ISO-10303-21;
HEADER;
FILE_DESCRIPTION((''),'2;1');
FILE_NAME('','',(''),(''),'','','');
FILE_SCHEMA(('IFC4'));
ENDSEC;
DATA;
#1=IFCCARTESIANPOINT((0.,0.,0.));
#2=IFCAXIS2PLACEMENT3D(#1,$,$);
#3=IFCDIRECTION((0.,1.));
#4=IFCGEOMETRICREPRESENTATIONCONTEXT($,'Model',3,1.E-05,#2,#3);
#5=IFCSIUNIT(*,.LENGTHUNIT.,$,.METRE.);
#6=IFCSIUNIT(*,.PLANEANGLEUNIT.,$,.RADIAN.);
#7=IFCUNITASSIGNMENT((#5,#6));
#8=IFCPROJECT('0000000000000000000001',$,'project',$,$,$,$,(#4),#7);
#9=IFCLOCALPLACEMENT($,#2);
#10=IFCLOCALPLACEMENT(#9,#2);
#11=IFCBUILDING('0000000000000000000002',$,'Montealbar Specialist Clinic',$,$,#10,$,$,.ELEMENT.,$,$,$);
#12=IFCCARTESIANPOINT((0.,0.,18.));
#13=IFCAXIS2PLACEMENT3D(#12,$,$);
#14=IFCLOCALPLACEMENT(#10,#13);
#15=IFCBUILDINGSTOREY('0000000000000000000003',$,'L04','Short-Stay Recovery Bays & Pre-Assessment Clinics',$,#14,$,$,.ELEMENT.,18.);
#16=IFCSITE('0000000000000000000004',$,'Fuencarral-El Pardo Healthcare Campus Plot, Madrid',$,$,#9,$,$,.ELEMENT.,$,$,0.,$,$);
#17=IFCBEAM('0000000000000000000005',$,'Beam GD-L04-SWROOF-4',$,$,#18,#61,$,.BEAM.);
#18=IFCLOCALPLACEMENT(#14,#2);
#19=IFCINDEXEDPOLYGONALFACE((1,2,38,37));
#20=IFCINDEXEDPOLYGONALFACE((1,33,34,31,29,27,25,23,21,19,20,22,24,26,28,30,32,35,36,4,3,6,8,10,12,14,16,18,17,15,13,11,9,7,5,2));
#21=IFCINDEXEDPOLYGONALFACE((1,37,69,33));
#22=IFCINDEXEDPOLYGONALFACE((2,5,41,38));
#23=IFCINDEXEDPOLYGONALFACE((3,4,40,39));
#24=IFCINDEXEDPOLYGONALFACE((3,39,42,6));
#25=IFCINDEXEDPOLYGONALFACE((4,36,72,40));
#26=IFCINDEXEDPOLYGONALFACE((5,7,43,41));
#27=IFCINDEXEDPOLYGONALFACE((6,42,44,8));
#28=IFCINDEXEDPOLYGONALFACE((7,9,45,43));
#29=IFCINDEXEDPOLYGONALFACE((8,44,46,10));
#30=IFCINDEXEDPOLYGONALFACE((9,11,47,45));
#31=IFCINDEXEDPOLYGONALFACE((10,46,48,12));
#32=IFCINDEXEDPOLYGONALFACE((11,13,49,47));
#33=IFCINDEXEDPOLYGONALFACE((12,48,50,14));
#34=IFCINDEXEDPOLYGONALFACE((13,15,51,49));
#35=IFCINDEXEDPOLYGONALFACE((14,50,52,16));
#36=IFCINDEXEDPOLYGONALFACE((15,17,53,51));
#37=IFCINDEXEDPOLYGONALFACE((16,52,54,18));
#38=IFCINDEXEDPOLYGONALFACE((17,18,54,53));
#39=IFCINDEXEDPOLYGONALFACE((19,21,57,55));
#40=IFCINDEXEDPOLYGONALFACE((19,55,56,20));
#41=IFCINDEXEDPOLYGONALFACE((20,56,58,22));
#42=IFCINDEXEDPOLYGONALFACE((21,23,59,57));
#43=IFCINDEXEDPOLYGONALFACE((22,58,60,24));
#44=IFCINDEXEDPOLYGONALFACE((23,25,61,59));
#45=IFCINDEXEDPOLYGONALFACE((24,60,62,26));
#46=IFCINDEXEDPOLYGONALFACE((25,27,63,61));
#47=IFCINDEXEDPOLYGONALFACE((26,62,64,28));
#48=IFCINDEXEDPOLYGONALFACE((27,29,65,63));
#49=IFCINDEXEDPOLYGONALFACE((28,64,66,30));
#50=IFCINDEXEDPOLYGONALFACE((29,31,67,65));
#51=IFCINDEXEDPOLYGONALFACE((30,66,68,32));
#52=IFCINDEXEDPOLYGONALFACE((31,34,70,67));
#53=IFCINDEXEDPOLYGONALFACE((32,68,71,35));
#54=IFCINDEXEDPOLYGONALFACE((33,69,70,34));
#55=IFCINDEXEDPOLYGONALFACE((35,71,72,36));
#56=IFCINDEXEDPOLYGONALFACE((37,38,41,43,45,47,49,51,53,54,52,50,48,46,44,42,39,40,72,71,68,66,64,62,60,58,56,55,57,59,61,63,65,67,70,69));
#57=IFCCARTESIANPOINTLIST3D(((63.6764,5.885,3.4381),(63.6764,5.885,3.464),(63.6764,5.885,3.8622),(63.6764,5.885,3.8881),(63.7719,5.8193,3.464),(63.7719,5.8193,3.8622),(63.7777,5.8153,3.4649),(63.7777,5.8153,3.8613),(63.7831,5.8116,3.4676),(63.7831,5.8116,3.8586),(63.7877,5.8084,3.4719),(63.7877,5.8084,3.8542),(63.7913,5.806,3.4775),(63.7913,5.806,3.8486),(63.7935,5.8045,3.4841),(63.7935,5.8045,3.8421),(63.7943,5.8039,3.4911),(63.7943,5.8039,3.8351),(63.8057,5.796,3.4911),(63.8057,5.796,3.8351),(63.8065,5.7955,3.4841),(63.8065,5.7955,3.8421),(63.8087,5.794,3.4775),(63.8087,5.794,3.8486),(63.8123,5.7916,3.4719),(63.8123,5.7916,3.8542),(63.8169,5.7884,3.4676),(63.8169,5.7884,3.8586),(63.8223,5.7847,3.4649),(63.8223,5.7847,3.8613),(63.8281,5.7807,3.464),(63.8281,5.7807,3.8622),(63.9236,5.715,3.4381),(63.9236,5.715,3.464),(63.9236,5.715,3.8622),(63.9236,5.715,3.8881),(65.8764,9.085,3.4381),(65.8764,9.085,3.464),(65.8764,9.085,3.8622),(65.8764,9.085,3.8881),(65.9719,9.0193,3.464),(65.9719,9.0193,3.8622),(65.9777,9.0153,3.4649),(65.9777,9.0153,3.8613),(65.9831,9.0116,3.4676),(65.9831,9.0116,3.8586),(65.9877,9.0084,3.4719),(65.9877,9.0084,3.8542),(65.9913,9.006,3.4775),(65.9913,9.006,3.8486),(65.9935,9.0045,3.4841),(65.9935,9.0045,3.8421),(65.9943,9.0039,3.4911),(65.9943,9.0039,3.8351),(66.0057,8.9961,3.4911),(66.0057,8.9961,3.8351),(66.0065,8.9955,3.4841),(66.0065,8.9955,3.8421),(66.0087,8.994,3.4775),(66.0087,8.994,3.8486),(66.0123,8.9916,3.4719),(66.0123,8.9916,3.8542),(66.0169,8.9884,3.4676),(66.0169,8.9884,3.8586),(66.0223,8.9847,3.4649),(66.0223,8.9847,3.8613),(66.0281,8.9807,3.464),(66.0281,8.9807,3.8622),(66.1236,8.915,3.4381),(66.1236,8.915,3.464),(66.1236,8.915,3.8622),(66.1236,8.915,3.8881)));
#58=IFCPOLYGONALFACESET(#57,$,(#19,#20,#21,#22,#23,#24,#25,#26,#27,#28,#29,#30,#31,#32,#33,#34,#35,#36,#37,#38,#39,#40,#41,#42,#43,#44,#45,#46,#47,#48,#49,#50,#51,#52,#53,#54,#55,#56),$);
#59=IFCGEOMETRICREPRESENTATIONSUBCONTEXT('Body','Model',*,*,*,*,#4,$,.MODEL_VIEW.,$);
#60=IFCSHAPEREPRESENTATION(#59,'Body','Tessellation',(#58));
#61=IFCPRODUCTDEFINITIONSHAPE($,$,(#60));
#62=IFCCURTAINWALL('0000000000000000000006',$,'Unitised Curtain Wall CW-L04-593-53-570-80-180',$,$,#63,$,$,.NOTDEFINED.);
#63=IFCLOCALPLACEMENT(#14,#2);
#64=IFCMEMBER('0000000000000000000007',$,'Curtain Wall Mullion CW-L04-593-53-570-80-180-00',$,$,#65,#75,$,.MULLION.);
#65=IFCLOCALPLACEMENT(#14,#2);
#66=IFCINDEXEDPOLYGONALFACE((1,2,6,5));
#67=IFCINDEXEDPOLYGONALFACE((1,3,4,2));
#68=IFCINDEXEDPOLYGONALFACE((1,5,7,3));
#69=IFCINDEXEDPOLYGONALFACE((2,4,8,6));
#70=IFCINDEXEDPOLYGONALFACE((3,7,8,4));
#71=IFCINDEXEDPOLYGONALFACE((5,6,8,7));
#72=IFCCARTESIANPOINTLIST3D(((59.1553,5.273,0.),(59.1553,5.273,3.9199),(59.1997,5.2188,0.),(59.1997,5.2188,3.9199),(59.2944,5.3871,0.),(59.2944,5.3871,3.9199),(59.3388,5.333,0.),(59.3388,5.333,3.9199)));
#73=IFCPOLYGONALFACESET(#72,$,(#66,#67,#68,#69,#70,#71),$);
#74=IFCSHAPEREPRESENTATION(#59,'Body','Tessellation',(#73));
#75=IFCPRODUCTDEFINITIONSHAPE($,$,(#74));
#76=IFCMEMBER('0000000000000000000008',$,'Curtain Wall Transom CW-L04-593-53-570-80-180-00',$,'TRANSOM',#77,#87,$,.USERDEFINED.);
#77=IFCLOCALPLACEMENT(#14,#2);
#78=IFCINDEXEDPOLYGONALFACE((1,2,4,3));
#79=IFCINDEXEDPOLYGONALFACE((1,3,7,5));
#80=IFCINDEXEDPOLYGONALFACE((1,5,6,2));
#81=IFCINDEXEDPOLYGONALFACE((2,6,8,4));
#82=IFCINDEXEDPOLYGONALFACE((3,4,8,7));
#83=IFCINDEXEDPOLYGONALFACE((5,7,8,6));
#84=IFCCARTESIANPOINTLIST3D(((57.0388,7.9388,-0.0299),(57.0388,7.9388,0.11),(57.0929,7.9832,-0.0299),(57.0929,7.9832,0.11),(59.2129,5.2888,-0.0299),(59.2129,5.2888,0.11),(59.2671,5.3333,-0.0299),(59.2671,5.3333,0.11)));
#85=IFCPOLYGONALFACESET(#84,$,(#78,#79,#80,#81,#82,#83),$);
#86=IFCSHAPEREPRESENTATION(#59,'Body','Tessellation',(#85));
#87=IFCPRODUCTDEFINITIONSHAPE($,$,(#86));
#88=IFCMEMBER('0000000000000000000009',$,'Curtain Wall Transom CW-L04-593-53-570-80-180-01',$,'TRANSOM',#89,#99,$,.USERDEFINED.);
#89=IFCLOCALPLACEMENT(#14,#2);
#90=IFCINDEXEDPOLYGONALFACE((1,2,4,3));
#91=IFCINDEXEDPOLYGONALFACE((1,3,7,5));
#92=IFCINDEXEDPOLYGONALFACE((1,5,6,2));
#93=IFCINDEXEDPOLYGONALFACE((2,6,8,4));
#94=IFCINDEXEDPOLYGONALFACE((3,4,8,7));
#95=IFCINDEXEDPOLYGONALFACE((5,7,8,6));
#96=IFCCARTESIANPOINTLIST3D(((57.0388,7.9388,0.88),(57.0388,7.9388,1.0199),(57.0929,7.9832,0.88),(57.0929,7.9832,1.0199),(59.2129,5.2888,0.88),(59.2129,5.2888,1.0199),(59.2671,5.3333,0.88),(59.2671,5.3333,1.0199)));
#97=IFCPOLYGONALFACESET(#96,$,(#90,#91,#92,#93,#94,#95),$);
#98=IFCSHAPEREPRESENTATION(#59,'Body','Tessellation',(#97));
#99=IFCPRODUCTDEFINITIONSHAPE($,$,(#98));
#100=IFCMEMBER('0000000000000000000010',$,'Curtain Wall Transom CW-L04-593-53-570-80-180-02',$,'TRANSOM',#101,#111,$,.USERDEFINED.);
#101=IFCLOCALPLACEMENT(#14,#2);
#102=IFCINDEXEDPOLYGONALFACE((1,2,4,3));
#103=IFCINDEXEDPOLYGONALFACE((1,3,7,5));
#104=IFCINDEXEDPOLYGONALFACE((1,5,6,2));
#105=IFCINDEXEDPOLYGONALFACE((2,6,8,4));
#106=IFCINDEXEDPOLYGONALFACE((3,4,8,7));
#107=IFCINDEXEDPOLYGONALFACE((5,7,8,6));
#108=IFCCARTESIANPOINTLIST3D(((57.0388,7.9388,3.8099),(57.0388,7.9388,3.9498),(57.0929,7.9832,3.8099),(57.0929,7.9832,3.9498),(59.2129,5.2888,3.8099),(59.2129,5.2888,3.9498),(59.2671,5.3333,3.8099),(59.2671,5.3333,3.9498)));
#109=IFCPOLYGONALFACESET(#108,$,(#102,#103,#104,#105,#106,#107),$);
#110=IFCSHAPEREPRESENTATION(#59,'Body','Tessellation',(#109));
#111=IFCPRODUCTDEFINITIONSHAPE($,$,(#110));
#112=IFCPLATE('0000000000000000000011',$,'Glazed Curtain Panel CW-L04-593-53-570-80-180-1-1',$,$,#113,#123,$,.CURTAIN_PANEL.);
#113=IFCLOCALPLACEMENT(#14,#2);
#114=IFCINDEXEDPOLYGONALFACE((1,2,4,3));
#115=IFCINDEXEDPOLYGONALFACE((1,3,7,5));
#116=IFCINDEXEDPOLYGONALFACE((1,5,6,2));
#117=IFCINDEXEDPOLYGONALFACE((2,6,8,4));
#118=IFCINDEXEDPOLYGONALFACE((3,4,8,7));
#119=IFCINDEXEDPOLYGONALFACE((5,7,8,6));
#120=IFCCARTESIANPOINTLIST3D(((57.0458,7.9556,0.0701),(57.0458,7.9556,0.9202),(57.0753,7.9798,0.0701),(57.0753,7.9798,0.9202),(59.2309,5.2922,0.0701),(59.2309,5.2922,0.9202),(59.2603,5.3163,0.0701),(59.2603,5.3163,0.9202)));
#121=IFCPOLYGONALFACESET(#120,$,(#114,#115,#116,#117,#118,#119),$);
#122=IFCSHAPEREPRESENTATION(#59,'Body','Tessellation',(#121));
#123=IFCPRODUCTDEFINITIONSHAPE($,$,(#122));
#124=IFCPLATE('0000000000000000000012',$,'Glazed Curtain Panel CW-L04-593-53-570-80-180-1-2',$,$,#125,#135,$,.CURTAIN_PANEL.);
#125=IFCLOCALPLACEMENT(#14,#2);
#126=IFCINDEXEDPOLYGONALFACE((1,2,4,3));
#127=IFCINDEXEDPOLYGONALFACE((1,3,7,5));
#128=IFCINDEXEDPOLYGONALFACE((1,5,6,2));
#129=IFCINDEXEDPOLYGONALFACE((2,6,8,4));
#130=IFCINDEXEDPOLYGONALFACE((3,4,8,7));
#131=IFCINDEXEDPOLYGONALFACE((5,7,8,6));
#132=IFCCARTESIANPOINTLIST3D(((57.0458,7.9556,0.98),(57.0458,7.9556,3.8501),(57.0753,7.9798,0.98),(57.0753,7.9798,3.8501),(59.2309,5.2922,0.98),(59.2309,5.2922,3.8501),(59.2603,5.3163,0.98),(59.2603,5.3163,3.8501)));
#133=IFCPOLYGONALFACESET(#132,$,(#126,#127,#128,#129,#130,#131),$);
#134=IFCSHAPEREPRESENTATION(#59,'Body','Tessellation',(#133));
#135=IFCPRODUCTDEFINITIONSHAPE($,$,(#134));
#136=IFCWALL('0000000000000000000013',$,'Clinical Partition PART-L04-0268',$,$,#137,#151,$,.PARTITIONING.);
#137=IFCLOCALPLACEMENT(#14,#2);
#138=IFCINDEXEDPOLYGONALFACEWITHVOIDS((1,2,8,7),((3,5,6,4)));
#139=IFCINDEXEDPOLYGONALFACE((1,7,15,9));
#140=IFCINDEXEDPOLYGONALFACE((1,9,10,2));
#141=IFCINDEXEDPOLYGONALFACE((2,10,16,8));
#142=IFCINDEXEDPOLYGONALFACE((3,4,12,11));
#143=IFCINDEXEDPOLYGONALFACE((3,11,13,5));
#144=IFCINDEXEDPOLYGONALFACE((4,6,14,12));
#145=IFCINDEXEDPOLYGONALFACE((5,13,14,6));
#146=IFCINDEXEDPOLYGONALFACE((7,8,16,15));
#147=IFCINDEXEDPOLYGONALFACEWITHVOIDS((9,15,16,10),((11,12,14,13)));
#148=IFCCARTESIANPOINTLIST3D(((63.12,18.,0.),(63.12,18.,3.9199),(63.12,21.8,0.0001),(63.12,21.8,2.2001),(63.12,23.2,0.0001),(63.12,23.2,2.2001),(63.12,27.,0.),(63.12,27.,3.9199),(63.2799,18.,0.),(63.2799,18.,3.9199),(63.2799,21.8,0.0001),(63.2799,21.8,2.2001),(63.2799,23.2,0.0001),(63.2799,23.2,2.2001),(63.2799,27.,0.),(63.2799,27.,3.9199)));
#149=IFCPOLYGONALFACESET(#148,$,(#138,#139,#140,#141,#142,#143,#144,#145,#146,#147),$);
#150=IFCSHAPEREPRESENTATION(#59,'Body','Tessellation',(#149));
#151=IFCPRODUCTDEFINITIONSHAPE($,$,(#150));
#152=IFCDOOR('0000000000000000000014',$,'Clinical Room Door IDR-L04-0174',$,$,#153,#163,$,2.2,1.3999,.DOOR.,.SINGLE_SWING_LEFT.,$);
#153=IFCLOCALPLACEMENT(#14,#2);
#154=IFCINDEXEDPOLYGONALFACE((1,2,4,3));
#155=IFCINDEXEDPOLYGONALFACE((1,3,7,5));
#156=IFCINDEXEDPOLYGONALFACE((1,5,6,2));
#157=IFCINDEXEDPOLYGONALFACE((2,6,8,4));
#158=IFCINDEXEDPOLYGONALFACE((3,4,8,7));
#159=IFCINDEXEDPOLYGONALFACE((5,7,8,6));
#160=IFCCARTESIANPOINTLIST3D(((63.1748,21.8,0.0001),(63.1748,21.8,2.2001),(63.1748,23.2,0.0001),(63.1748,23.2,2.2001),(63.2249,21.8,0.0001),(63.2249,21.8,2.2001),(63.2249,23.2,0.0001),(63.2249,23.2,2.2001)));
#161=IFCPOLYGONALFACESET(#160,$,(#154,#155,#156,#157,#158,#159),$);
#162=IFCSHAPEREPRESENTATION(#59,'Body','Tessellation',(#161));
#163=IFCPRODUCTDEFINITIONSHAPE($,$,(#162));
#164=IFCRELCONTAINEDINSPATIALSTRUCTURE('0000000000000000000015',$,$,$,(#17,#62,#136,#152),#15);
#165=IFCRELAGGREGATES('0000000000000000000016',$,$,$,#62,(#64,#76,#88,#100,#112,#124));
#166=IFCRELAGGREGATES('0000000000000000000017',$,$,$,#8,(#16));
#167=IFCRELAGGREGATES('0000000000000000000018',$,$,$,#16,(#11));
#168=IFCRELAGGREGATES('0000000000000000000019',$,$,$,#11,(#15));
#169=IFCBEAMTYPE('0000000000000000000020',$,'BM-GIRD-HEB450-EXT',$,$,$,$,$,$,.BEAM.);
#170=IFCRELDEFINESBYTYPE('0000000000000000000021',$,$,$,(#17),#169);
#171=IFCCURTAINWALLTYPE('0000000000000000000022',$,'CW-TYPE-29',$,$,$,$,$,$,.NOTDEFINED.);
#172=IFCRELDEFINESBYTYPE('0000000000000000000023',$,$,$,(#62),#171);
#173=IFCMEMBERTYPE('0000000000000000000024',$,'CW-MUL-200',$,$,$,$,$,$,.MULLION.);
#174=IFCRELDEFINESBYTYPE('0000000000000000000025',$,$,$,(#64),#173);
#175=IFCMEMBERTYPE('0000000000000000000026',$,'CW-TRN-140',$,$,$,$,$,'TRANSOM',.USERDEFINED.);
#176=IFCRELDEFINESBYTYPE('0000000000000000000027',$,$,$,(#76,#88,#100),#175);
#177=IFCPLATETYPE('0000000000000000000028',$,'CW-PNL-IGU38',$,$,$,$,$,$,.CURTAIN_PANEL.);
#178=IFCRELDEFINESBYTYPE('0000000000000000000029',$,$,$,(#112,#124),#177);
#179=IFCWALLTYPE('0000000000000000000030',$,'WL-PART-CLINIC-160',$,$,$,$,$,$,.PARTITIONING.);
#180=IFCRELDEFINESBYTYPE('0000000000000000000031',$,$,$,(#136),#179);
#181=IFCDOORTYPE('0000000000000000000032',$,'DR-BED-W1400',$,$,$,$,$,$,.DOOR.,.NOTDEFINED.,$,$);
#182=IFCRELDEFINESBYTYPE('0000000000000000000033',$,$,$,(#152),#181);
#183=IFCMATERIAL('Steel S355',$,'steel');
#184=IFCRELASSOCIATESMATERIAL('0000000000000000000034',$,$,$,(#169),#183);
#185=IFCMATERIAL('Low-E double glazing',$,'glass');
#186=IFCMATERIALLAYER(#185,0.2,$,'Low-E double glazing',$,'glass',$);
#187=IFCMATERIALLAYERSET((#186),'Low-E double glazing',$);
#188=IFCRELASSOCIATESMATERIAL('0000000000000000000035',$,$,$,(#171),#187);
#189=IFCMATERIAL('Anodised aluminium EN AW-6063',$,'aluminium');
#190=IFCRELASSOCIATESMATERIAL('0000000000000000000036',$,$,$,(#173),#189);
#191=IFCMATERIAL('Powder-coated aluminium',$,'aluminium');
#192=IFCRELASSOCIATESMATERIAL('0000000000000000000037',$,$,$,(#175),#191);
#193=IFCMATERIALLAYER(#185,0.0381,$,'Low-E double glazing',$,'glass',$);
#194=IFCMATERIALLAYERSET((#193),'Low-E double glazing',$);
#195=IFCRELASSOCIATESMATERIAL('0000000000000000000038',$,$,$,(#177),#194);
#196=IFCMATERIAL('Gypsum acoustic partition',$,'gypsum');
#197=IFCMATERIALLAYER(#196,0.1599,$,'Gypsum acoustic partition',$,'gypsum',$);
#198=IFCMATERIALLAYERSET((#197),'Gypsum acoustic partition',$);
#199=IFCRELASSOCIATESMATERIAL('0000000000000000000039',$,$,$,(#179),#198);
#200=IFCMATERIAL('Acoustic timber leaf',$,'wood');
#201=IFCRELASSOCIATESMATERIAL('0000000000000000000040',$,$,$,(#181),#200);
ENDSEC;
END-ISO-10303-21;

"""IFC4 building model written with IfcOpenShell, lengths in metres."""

from ifc_helpers import new_model, si_unit, direction, frame, frame_2d, origin, origin_2d, place, context, subcontext, project, spatial, rectangle, i_section, extrude, material, layer, layer_set, material_profile, profile_set, type_object, element, fill, aggregate, save


model = new_model("IFC4")

# Units and contexts
model_context = context("Model", 3, precision=1e-05, world=origin(), true_north=direction((0.0, 1.0)))
body_context = subcontext(model_context, "Body", "Model", "MODEL_VIEW")
ifc_project = project(units=[si_unit("LENGTHUNIT", "METRE"), si_unit("PLANEANGLEUNIT", "RADIAN")], contexts=[model_context])

# Site, building, storey
site_placement = place(None, origin())
site = spatial("IfcSite", under=ifc_project, at=site_placement, Name="Fuencarral-El Pardo Healthcare Campus Plot, Madrid", CompositionType="ELEMENT", RefElevation=0.0)
building_placement = place(site_placement, origin())
building = spatial("IfcBuilding", under=site, at=building_placement, Name="Montealbar Specialist Clinic", CompositionType="ELEMENT")
storey_placement = place(building_placement, frame((0.0, 0.0, 18.0)))
storey = spatial("IfcBuildingStorey", under=building, at=storey_placement, Name="L04", Description="Short-Stay Recovery Bays & Pre-Assessment Clinics", CompositionType="ELEMENT", Elevation=18.0)

# Shared definitions
ifc_material_1 = material(Name="Steel S355", Category="steel")

# Beam
ifc_material_profile_1 = material_profile(ifc_material_1, i_section(OverallWidth=0.3, OverallDepth=0.45, WebThickness=0.0139, FlangeThickness=0.0259, FilletRadius=0.0271, at=origin_2d()), Name="HEB 450", Category="steel")
ifc_profile_set_1 = profile_set([ifc_material_profile_1], Name="Steel S355")
beam_type_1 = type_object("IfcBeamType", Name="BM-GIRD-HEB450-EXT", PredefinedType="BEAM", material=ifc_profile_set_1)
beam_1_placement = place(storey_placement, frame((66.0, 9.0, 3.6631), z_axis=(-0.566526, -0.824044, 0.0), x_axis=(0.824044, -0.566526, 0.0)))
element("IfcBeam", 1, at=beam_1_placement, inside=storey, type_object=beam_type_1, Name="Beam GD-L04-SWROOF-4", PredefinedType="BEAM", context=body_context, shape_type="SweptSolid", body=[
    extrude(i_section(OverallWidth=0.3, OverallDepth=0.45, WebThickness=0.0139, FlangeThickness=0.0259, FilletRadius=0.0271, at=origin_2d()), origin(), (0.0, 0.0, 1.0), 3.8833),
])

# Curtain wall, members, plates
ifc_material_2 = material(Name="Low-E double glazing", Category="glass")
ifc_layer_1 = layer(ifc_material_2, 0.2, Name="Low-E double glazing", Category="glass")
ifc_layer_set_1 = layer_set([ifc_layer_1], Name="Low-E double glazing")
curtain_wall_type = type_object("IfcCurtainWallType", Name="CW-TYPE-29", PredefinedType="NOTDEFINED", material=ifc_layer_set_1)
curtain_wall_placement = place(storey_placement, origin())
curtain_wall = element("IfcCurtainWall", 2, at=curtain_wall_placement, inside=storey, type_object=curtain_wall_type, Name="Unitised Curtain Wall CW-L04-593-53-570-80-180", PredefinedType="NOTDEFINED")
ifc_material_3 = material(Name="Anodised aluminium EN AW-6063", Category="aluminium")
ifc_material_profile_2 = material_profile(ifc_material_3, rectangle(XDim=0.0701, YDim=0.1799, at=origin_2d()), Name="ALU 70x180", Category="aluminium")
ifc_profile_set_2 = profile_set([ifc_material_profile_2], Name="Anodised aluminium EN AW-6063")
member_type_1 = type_object("IfcMemberType", Name="CW-MUL-200", PredefinedType="MULLION", material=ifc_profile_set_2)
member_1_placement = place(storey_placement, frame((59.2471, 5.303, 0.0), z_axis=(0.0, 0.0, 1.0), x_axis=(-0.634256, 0.773123, 0.0)))
member_1 = element("IfcMember", 3, at=member_1_placement, type_object=member_type_1, Name="Curtain Wall Mullion CW-L04-593-53-570-80-180-00", PredefinedType="MULLION", context=body_context, shape_type="SweptSolid", body=[
    extrude(rectangle(XDim=0.0701, YDim=0.1799, at=origin_2d()), origin(), (0.0, 0.0, 1.0), 3.9199),
])
ifc_material_4 = material(Name="Powder-coated aluminium", Category="aluminium")
ifc_material_profile_3 = material_profile(ifc_material_4, rectangle(XDim=0.0701, YDim=0.1399, at=origin_2d()), Name="ALU 70x140", Category="aluminium")
ifc_profile_set_3 = profile_set([ifc_material_profile_3], Name="Powder-coated aluminium")
member_type_2 = type_object("IfcMemberType", Name="CW-TRN-140", ElementType="TRANSOM", PredefinedType="USERDEFINED", material=ifc_profile_set_3)
member_2_placement = place(storey_placement, frame((59.24, 5.311, 0.04), z_axis=(-0.634281, 0.773103, 0.0), x_axis=(-0.773103, -0.634281, 0.0)))
member_2 = element("IfcMember", 4, at=member_2_placement, type_object=member_type_2, Name="Curtain Wall Transom CW-L04-593-53-570-80-180-00", ObjectType="TRANSOM", PredefinedType="USERDEFINED", context=body_context, shape_type="SweptSolid", body=[
    extrude(rectangle(XDim=0.0701, YDim=0.1399, at=origin_2d()), origin(), (0.0, 0.0, 1.0), 3.4277),
])
member_3_placement = place(storey_placement, frame((59.24, 5.311, 0.95), z_axis=(-0.634281, 0.773103, 0.0), x_axis=(-0.773103, -0.634281, 0.0)))
member_3 = element("IfcMember", 5, at=member_3_placement, type_object=member_type_2, Name="Curtain Wall Transom CW-L04-593-53-570-80-180-01", ObjectType="TRANSOM", PredefinedType="USERDEFINED", context=body_context, shape_type="SweptSolid", body=[
    extrude(rectangle(XDim=0.0701, YDim=0.1399, at=origin_2d()), origin(), (0.0, 0.0, 1.0), 3.4277),
])
member_4_placement = place(storey_placement, frame((59.24, 5.311, 3.8799), z_axis=(-0.634281, 0.773103, 0.0), x_axis=(-0.773103, -0.634281, 0.0)))
member_4 = element("IfcMember", 6, at=member_4_placement, type_object=member_type_2, Name="Curtain Wall Transom CW-L04-593-53-570-80-180-02", ObjectType="TRANSOM", PredefinedType="USERDEFINED", context=body_context, shape_type="SweptSolid", body=[
    extrude(rectangle(XDim=0.0701, YDim=0.1399, at=origin_2d()), origin(), (0.0, 0.0, 1.0), 3.4277),
])
ifc_layer_2 = layer(ifc_material_2, 0.0381, Name="Low-E double glazing", Category="glass")
ifc_layer_set_2 = layer_set([ifc_layer_2], Name="Low-E double glazing")
plate_type = type_object("IfcPlateType", Name="CW-PNL-IGU38", PredefinedType="CURTAIN_PANEL", material=ifc_layer_set_2)
plate_1_placement = place(storey_placement, frame((58.1531, 6.636, 0.0701), z_axis=(0.0, 0.0, 1.0), x_axis=(-0.634256, 0.773123, 0.0)))
plate_1 = element("IfcPlate", 7, at=plate_1_placement, type_object=plate_type, Name="Glazed Curtain Panel CW-L04-593-53-570-80-180-1-1", PredefinedType="CURTAIN_PANEL", context=body_context, shape_type="SweptSolid", body=[
    extrude(rectangle(XDim=3.4451, YDim=0.0381, at=origin_2d()), origin(), (0.0, 0.0, 1.0), 0.8501),
])
plate_2_placement = place(storey_placement, frame((58.1531, 6.636, 0.98), z_axis=(0.0, 0.0, 1.0), x_axis=(-0.634256, 0.773123, 0.0)))
plate_2 = element("IfcPlate", 8, at=plate_2_placement, type_object=plate_type, Name="Glazed Curtain Panel CW-L04-593-53-570-80-180-1-2", PredefinedType="CURTAIN_PANEL", context=body_context, shape_type="SweptSolid", body=[
    extrude(rectangle(XDim=3.4451, YDim=0.0381, at=origin_2d()), origin(), (0.0, 0.0, 1.0), 2.8701),
])
aggregate(curtain_wall, [member_1, member_2, member_3, member_4, plate_1, plate_2])

# Wall, opening, door
ifc_material_5 = material(Name="Gypsum acoustic partition", Category="gypsum")
ifc_layer_3 = layer(ifc_material_5, 0.1599, Name="Gypsum acoustic partition", Category="gypsum")
ifc_layer_set_3 = layer_set([ifc_layer_3], Name="Gypsum acoustic partition")
wall_type_1 = type_object("IfcWallType", Name="WL-PART-CLINIC-160", PredefinedType="PARTITIONING", material=ifc_layer_set_3)
wall_1_placement = place(storey_placement, frame((63.2, 18.0, 0.0), z_axis=(0.0, 0.0, 1.0), x_axis=(0.0, 1.0, 0.0)))
wall_1 = element("IfcWall", 9, at=wall_1_placement, inside=storey, type_object=wall_type_1, Name="Clinical Partition PART-L04-0268", PredefinedType="PARTITIONING", context=body_context, shape_type="SweptSolid", body=[
    extrude(rectangle(XDim=9.0, YDim=0.1599, at=frame_2d((4.5, 0.0))), origin(), (0.0, 0.0, 1.0), 3.9199),
])
opening_1_placement = place(wall_1_placement, frame((3.8, 0.0, 0.0)))
opening_1 = element("IfcOpeningElement", 10, at=opening_1_placement, cuts=wall_1, PredefinedType="OPENING", context=body_context, shape_type="SweptSolid", body=[
    extrude(rectangle(XDim=1.3999, YDim=2.2, at=frame_2d((0.7, 1.1001))), frame((0.0, 0.0898, 0.0), z_axis=(0.0, -1.0, 0.0), x_axis=(1.0, 0.0, 0.0)), (0.0, 0.0, 1.0), 0.1799),
])
ifc_material_6 = material(Name="Acoustic timber leaf", Category="wood")
door_type_1 = type_object("IfcDoorType", Name="DR-BED-W1400", OperationType="NOTDEFINED", PredefinedType="DOOR", material=ifc_material_6)
door_1_placement = place(opening_1_placement, frame((1.3999, 0.0, 0.0), z_axis=(0.0, 0.0, 1.0), x_axis=(-1.0, 0.0, 0.0)))
door_1 = element("IfcDoor", 11, at=door_1_placement, inside=storey, type_object=door_type_1, Name="Clinical Room Door IDR-L04-0174", OperationType="SINGLE_SWING_LEFT", OverallHeight=2.2, OverallWidth=1.3999, PredefinedType="DOOR", context=body_context, shape_type="SweptSolid", body=[
    extrude(rectangle(XDim=1.3999, YDim=2.2, at=frame_2d((0.7, 1.1001))), frame((0.0, 0.0249, 0.0), z_axis=(0.0, -1.0, 0.0), x_axis=(1.0, 0.0, 0.0)), (0.0, 0.0, 1.0), 0.05),
])
fill(opening_1, door_1)

save(model, "model.ifc")
